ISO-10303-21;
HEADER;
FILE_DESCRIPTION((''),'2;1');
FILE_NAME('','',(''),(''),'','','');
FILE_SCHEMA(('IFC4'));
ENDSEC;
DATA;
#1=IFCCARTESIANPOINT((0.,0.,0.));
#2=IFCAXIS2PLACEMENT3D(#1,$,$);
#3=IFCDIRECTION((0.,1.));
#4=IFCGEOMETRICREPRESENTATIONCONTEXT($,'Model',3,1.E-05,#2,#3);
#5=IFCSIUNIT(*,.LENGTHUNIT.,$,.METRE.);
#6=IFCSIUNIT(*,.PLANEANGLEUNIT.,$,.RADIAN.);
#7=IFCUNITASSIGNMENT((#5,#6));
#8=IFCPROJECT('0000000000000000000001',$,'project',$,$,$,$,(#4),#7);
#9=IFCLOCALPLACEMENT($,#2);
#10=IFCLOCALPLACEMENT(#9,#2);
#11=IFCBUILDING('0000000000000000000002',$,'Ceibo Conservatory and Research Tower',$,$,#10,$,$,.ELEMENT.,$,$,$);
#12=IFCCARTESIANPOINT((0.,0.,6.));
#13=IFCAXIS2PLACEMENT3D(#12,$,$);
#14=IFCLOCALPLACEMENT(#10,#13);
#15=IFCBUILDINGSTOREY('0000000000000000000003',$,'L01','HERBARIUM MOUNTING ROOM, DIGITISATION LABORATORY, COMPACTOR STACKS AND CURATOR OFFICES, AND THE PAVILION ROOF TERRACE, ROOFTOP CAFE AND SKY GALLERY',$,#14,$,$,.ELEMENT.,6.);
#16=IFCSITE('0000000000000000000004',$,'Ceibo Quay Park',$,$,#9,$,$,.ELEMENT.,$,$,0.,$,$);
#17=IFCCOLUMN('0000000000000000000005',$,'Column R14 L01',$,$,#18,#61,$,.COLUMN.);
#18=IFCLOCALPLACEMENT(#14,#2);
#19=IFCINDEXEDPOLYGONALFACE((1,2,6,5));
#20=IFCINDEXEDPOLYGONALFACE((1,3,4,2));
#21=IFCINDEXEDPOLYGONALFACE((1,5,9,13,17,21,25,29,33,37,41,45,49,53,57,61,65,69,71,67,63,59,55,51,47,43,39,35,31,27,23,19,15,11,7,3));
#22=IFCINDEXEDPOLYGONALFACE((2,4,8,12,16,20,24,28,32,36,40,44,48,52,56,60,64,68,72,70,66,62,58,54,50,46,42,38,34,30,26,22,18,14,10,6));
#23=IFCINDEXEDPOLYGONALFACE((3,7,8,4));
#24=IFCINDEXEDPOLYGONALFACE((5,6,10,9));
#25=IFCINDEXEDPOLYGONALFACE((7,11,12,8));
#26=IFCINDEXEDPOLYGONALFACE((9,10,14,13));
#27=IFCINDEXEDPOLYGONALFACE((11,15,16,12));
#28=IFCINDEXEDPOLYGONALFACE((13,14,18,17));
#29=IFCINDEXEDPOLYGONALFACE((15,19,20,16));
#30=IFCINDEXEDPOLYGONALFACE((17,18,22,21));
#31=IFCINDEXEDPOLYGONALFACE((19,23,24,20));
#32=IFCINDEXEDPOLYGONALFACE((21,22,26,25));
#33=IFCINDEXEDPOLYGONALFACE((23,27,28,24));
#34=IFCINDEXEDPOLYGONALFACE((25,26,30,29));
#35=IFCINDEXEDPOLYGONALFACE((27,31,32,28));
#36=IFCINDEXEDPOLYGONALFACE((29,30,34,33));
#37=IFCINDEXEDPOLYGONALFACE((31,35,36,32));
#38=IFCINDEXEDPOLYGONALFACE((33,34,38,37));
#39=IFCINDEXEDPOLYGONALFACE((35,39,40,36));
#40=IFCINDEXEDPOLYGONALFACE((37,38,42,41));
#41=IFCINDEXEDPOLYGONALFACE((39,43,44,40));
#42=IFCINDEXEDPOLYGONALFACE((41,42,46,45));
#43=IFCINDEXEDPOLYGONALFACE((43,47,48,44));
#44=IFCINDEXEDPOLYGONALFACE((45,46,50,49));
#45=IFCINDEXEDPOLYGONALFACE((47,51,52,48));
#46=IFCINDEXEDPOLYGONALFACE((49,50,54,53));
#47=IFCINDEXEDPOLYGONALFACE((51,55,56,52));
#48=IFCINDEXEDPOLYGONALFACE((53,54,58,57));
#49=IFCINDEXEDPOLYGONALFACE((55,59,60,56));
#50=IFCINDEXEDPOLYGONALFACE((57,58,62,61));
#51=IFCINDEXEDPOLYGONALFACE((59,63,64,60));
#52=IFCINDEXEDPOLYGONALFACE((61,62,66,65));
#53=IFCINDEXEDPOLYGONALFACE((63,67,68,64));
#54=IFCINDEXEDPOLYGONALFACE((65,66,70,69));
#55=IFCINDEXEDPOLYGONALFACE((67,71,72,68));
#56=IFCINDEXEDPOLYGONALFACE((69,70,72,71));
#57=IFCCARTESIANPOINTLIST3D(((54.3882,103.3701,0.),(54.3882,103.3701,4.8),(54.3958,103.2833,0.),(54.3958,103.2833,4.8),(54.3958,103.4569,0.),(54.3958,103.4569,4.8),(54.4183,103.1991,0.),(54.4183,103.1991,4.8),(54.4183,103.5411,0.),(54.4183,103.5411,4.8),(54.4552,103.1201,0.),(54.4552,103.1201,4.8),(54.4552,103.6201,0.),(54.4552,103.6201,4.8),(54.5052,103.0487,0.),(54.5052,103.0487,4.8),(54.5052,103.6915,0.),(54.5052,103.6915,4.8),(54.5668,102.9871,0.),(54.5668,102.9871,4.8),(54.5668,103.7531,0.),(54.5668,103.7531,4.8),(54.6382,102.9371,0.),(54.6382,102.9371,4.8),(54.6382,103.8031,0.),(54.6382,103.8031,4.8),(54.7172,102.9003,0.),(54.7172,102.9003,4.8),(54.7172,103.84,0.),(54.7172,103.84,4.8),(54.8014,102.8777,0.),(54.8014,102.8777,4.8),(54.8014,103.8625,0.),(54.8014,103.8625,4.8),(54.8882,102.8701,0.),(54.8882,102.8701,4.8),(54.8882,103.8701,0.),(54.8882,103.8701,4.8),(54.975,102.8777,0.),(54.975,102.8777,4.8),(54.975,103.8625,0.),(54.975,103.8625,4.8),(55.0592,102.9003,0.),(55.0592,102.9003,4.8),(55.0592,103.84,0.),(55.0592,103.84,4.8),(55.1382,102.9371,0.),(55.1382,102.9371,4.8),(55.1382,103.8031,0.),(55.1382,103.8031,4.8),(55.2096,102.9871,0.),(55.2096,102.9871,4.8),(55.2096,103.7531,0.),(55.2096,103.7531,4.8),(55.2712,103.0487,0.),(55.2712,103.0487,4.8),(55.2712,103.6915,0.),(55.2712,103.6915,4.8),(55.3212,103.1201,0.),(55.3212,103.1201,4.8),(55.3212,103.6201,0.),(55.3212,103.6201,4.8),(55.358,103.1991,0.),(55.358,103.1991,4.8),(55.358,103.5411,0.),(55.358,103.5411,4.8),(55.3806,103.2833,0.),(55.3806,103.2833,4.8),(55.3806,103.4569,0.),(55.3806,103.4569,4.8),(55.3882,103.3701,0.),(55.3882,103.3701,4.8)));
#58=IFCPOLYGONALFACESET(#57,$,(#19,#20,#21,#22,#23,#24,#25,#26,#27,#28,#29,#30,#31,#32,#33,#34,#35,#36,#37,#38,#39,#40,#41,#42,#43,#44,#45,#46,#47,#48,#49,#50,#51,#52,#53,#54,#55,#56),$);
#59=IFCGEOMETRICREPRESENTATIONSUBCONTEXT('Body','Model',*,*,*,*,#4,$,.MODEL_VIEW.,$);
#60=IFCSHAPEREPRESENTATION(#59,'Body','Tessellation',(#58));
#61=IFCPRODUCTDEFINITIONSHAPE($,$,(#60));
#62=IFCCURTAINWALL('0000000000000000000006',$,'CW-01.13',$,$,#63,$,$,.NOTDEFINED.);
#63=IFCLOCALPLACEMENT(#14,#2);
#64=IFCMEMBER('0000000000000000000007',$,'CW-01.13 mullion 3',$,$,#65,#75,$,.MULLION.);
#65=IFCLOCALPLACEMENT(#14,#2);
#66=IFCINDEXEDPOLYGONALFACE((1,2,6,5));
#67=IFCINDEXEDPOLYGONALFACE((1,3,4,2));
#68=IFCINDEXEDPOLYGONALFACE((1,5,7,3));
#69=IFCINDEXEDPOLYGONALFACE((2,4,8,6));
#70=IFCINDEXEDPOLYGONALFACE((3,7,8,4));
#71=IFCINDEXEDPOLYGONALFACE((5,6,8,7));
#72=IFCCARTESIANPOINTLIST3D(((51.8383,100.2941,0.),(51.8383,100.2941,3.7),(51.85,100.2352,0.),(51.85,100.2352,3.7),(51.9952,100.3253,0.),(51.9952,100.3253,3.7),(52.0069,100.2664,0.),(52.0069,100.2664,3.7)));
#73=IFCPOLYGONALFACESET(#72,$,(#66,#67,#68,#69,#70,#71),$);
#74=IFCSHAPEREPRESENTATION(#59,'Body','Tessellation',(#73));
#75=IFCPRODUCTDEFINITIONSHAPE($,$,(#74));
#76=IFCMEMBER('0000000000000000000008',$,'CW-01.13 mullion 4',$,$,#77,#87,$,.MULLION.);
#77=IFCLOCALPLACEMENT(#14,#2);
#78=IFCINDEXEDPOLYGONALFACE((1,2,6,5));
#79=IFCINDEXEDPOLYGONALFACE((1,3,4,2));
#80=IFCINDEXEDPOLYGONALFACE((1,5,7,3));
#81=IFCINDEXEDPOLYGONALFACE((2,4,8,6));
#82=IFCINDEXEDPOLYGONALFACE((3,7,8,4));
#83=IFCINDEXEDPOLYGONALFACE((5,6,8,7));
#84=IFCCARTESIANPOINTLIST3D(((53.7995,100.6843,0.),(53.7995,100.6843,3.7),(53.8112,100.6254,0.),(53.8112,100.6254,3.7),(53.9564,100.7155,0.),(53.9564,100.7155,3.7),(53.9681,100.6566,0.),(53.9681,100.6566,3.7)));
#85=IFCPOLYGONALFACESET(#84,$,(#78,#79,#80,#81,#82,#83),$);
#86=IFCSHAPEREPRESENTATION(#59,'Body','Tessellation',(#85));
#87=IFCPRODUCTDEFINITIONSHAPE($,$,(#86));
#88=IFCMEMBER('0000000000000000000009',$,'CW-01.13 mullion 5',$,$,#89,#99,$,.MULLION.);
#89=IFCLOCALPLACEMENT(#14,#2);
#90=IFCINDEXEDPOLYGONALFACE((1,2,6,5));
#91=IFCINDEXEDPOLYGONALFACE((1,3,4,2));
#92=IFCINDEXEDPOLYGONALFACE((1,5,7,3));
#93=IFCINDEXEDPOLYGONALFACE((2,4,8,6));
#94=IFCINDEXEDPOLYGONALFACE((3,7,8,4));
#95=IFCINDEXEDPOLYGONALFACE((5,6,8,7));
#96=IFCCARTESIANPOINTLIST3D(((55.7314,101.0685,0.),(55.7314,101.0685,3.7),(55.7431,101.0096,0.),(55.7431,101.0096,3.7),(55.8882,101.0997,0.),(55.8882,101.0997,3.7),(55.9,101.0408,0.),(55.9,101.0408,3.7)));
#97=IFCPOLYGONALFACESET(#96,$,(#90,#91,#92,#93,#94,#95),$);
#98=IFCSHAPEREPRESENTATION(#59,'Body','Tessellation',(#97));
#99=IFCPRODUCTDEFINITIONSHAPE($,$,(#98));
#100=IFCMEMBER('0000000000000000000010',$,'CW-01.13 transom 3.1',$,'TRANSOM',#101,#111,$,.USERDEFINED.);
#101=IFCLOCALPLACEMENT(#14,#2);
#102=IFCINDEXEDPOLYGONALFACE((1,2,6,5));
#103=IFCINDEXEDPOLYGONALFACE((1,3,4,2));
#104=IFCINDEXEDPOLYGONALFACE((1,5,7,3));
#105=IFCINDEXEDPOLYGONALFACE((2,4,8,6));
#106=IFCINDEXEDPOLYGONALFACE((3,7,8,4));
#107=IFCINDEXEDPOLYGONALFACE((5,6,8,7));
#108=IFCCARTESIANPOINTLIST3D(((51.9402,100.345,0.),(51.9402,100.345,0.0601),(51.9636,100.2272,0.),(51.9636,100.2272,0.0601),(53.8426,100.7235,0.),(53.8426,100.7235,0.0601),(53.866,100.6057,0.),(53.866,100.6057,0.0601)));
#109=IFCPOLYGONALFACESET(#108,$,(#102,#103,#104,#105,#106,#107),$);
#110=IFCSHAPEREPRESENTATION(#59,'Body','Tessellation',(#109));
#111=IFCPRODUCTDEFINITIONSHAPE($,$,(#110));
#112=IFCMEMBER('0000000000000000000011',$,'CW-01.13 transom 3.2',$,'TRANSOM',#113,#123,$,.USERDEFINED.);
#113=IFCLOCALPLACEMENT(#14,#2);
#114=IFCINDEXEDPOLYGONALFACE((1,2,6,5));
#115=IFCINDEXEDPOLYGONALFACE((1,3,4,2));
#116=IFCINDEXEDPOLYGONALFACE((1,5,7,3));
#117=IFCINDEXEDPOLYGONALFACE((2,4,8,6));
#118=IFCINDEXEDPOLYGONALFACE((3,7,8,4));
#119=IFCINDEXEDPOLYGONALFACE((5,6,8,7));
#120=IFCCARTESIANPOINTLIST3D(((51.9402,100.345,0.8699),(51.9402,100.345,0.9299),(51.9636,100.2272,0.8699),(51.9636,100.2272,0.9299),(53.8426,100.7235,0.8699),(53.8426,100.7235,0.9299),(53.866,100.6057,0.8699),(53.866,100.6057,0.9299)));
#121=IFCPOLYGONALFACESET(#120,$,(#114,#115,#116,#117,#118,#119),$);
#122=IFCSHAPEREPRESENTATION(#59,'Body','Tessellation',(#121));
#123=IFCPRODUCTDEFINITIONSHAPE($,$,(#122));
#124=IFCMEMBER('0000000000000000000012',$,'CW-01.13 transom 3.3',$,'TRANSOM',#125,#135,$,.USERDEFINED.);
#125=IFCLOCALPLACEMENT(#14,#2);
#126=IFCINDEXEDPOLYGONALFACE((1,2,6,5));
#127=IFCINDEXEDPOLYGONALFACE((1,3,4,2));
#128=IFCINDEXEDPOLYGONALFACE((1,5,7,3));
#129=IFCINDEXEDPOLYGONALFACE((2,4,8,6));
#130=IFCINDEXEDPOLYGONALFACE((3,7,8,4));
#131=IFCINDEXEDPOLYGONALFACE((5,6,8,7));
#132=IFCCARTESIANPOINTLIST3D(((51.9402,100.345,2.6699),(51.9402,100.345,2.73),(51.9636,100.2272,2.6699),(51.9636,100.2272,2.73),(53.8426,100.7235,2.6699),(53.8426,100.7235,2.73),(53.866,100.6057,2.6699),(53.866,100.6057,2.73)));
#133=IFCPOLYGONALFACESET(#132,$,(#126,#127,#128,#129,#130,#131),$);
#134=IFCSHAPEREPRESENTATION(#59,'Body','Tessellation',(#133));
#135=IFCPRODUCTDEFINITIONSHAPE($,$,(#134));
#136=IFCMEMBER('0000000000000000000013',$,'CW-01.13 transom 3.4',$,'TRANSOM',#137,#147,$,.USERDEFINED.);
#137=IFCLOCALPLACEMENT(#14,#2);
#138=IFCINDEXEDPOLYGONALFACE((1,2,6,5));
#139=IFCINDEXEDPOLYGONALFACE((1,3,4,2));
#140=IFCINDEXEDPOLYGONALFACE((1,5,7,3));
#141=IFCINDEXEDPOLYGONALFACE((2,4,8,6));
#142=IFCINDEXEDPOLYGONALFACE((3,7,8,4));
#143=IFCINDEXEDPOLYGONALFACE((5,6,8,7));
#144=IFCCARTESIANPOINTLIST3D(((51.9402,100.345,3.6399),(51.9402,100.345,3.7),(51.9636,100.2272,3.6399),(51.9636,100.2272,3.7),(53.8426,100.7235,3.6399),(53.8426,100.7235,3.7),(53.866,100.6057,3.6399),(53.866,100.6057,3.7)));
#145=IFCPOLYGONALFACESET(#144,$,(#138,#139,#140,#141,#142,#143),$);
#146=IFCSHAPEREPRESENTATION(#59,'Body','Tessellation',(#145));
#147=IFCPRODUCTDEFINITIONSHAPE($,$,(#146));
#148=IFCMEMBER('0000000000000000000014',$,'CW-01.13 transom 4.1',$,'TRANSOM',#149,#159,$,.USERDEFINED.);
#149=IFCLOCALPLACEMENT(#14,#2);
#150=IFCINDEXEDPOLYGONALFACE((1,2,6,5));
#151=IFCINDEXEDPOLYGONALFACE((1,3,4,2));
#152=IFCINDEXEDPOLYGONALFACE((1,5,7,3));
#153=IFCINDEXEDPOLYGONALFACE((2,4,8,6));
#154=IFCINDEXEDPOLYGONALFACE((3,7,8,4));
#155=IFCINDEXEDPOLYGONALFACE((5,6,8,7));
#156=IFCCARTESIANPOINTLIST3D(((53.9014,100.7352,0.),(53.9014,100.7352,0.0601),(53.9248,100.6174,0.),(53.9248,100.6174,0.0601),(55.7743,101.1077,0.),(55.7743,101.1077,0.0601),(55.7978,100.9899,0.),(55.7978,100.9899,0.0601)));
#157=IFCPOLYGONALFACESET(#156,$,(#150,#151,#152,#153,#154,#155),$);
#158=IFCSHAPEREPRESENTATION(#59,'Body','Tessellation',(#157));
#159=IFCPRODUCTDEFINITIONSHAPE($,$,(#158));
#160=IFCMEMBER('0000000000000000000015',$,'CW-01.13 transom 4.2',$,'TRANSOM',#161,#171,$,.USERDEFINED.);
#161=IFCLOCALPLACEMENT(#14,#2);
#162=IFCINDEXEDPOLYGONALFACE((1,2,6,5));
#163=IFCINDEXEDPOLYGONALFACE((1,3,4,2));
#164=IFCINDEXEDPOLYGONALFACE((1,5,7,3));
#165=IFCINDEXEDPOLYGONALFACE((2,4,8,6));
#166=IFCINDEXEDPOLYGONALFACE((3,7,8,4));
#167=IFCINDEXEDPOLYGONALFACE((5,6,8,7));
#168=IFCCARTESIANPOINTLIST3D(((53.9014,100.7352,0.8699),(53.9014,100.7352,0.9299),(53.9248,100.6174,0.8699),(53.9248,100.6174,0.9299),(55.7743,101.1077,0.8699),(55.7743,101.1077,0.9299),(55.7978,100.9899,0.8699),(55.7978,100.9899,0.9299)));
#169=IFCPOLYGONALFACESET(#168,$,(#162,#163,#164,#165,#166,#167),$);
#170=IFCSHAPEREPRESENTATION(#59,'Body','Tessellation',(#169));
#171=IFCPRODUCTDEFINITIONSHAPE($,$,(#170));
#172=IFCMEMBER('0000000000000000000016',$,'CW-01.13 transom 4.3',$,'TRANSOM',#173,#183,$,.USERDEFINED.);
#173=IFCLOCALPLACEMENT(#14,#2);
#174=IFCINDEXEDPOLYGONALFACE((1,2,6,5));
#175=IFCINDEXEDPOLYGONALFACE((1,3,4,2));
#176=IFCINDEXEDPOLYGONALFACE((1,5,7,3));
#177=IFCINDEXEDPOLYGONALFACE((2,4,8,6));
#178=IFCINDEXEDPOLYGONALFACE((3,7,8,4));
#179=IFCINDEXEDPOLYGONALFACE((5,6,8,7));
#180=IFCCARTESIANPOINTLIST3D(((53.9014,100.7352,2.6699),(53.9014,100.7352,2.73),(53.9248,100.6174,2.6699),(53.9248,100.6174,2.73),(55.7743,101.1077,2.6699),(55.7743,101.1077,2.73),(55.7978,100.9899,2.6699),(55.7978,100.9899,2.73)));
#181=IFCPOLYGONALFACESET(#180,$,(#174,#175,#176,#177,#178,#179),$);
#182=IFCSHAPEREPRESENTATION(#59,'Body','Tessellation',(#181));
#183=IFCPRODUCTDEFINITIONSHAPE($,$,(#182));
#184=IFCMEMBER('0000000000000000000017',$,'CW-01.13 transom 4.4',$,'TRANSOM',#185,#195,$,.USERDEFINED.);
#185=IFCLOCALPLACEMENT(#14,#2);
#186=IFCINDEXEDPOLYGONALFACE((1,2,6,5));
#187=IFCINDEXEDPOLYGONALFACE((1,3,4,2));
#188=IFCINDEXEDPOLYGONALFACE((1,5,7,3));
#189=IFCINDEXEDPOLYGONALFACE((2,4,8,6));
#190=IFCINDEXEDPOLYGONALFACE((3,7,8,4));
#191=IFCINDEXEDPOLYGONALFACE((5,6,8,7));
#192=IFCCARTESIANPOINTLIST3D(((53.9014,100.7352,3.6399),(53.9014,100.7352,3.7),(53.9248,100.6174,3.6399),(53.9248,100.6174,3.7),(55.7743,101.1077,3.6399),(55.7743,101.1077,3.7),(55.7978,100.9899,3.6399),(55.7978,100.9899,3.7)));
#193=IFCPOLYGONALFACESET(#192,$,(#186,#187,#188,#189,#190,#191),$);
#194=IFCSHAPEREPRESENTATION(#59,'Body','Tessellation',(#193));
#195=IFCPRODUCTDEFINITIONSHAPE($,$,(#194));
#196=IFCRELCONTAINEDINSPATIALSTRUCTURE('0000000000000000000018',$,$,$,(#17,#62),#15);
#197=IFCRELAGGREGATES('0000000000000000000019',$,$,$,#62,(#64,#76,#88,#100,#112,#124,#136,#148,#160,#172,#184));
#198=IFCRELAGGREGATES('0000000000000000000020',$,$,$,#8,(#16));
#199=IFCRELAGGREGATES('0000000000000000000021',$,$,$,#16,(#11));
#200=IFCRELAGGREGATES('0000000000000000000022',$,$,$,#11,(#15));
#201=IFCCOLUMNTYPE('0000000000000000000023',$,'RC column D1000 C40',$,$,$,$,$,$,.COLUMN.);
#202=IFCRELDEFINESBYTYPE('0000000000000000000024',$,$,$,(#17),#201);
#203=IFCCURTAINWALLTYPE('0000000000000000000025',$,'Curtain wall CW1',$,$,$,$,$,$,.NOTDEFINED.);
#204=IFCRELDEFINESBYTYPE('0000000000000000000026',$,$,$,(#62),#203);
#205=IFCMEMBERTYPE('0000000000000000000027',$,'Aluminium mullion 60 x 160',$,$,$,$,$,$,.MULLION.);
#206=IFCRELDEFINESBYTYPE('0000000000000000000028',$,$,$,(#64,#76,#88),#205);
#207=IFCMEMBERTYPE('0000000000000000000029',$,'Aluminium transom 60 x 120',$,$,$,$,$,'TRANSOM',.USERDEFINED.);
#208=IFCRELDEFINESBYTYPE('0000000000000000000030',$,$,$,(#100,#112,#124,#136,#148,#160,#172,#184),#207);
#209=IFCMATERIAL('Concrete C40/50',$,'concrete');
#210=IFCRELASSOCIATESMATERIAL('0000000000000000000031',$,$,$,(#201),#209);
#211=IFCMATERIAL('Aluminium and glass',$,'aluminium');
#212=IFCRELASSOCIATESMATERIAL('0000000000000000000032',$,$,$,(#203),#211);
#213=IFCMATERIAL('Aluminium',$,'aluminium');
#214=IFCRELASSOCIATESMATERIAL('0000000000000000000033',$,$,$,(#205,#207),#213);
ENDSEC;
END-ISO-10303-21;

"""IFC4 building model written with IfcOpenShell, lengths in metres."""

from ifc_helpers import new_model, si_unit, direction, frame, origin, origin_2d, place, context, subcontext, project, spatial, rectangle, circle, extrude, material, material_profile, profile_set, type_object, element, aggregate, save


model = new_model("IFC4")

# Units and contexts
model_context = context("Model", 3, precision=1e-05, world=origin(), true_north=direction((0.0, 1.0)))
body_context = subcontext(model_context, "Body", "Model", "MODEL_VIEW")
ifc_project = project(units=[si_unit("LENGTHUNIT", "METRE"), si_unit("PLANEANGLEUNIT", "RADIAN")], contexts=[model_context])

# Site, building, storey
site_placement = place(None, origin())
site = spatial("IfcSite", under=ifc_project, at=site_placement, Name="Ceibo Quay Park", CompositionType="ELEMENT", RefElevation=0.0)
building_placement = place(site_placement, origin())
building = spatial("IfcBuilding", under=site, at=building_placement, Name="Ceibo Conservatory and Research Tower", CompositionType="ELEMENT")
storey_placement = place(building_placement, frame((0.0, 0.0, 6.0)))
storey = spatial("IfcBuildingStorey", under=building, at=storey_placement, Name="L01", Description="HERBARIUM MOUNTING ROOM, DIGITISATION LABORATORY, COMPACTOR STACKS AND CURATOR OFFICES, AND THE PAVILION ROOF TERRACE, ROOFTOP CAFE AND SKY GALLERY", CompositionType="ELEMENT", Elevation=6.0)

# Column
ifc_material_1 = material(Name="Concrete C40/50", Category="concrete")
ifc_material_profile_1 = material_profile(ifc_material_1, circle(Radius=0.5, at=origin_2d()), Name="RC D1000")
ifc_profile_set_1 = profile_set([ifc_material_profile_1], Name="Concrete C40/50")
column_type = type_object("IfcColumnType", Name="RC column D1000 C40", PredefinedType="COLUMN", material=ifc_profile_set_1)
column_placement = place(storey_placement, frame((54.8882, 103.3701, 0.0), z_axis=(0.0, 0.0, 1.0), x_axis=(1.0, 0.0, 0.0)))
element("IfcColumn", 1, at=column_placement, inside=storey, type_object=column_type, Name="Column R14 L01", PredefinedType="COLUMN", context=body_context, shape_type="SweptSolid", body=[
    extrude(circle(Radius=0.5, at=origin_2d()), origin(), (0.0, 0.0, 1.0), 4.8),
])

# Curtain wall, members
ifc_material_2 = material(Name="Aluminium and glass", Category="aluminium")
curtain_wall_type = type_object("IfcCurtainWallType", Name="Curtain wall CW1", PredefinedType="NOTDEFINED", material=ifc_material_2)
curtain_wall_placement = place(storey_placement, origin())
curtain_wall = element("IfcCurtainWall", 2, at=curtain_wall_placement, inside=storey, type_object=curtain_wall_type, Name="CW-01.13", PredefinedType="NOTDEFINED")
ifc_material_3 = material(Name="Aluminium", Category="aluminium")
ifc_material_profile_2 = material_profile(ifc_material_3, rectangle(XDim=0.0601, YDim=0.1599, at=origin_2d()), Name="Aluminium 60 x 160")
ifc_profile_set_2 = profile_set([ifc_material_profile_2], Name="Aluminium")
member_type_1 = type_object("IfcMemberType", Name="Aluminium mullion 60 x 160", PredefinedType="MULLION", material=ifc_profile_set_2)
member_1_placement = place(storey_placement, frame((51.9226, 100.2803, 0.0), z_axis=(0.0, 0.0, 1.0), x_axis=(-0.19509, 0.980785, 0.0)))
member_1 = element("IfcMember", 3, at=member_1_placement, type_object=member_type_1, Name="CW-01.13 mullion 3", PredefinedType="MULLION", context=body_context, shape_type="SweptSolid", body=[
    extrude(rectangle(XDim=0.0601, YDim=0.1599, at=origin_2d()), origin(), (0.0, 0.0, 1.0), 3.7),
])
member_2_placement = place(storey_placement, frame((53.8838, 100.6704, 0.0), z_axis=(0.0, 0.0, 1.0), x_axis=(-0.19509, 0.980785, 0.0)))
member_2 = element("IfcMember", 4, at=member_2_placement, type_object=member_type_1, Name="CW-01.13 mullion 4", PredefinedType="MULLION", context=body_context, shape_type="SweptSolid", body=[
    extrude(rectangle(XDim=0.0601, YDim=0.1599, at=origin_2d()), origin(), (0.0, 0.0, 1.0), 3.7),
])
member_3_placement = place(storey_placement, frame((55.8157, 101.0547, 0.0), z_axis=(0.0, 0.0, 1.0), x_axis=(-0.19509, 0.980785, 0.0)))
member_3 = element("IfcMember", 5, at=member_3_placement, type_object=member_type_1, Name="CW-01.13 mullion 5", PredefinedType="MULLION", context=body_context, shape_type="SweptSolid", body=[
    extrude(rectangle(XDim=0.0601, YDim=0.1599, at=origin_2d()), origin(), (0.0, 0.0, 1.0), 3.7),
])
ifc_material_profile_3 = material_profile(ifc_material_3, rectangle(XDim=0.1201, YDim=0.0601, at=origin_2d()), Name="Aluminium 60 x 120")
ifc_profile_set_3 = profile_set([ifc_material_profile_3], Name="Aluminium")
member_type_2 = type_object("IfcMemberType", Name="Aluminium transom 60 x 120", ElementType="TRANSOM", PredefinedType="USERDEFINED", material=ifc_profile_set_3)
member_4_placement = place(storey_placement, frame((51.9519, 100.2861, 0.03), z_axis=(0.980783, 0.195099, 0.0), x_axis=(-0.195099, 0.980783, 0.0)))
member_4 = element("IfcMember", 6, at=member_4_placement, type_object=member_type_2, Name="CW-01.13 transom 3.1", ObjectType="TRANSOM", PredefinedType="USERDEFINED", context=body_context, shape_type="SweptSolid", body=[
    extrude(rectangle(XDim=0.1201, YDim=0.0601, at=origin_2d()), origin(), (0.0, 0.0, 1.0), 1.9397),
])
member_5_placement = place(storey_placement, frame((51.9519, 100.2861, 0.8999), z_axis=(0.980783, 0.195099, 0.0), x_axis=(-0.195099, 0.980783, 0.0)))
member_5 = element("IfcMember", 7, at=member_5_placement, type_object=member_type_2, Name="CW-01.13 transom 3.2", ObjectType="TRANSOM", PredefinedType="USERDEFINED", context=body_context, shape_type="SweptSolid", body=[
    extrude(rectangle(XDim=0.1201, YDim=0.0601, at=origin_2d()), origin(), (0.0, 0.0, 1.0), 1.9397),
])
member_6_placement = place(storey_placement, frame((51.9519, 100.2861, 2.7), z_axis=(0.980783, 0.195099, 0.0), x_axis=(-0.195099, 0.980783, 0.0)))
member_6 = element("IfcMember", 8, at=member_6_placement, type_object=member_type_2, Name="CW-01.13 transom 3.3", ObjectType="TRANSOM", PredefinedType="USERDEFINED", context=body_context, shape_type="SweptSolid", body=[
    extrude(rectangle(XDim=0.1201, YDim=0.0601, at=origin_2d()), origin(), (0.0, 0.0, 1.0), 1.9397),
])
member_7_placement = place(storey_placement, frame((51.9519, 100.2861, 3.6699), z_axis=(0.980783, 0.195099, 0.0), x_axis=(-0.195099, 0.980783, 0.0)))
member_7 = element("IfcMember", 9, at=member_7_placement, type_object=member_type_2, Name="CW-01.13 transom 3.4", ObjectType="TRANSOM", PredefinedType="USERDEFINED", context=body_context, shape_type="SweptSolid", body=[
    extrude(rectangle(XDim=0.1201, YDim=0.0601, at=origin_2d()), origin(), (0.0, 0.0, 1.0), 1.9397),
])
member_8_placement = place(storey_placement, frame((53.9131, 100.6763, 0.03), z_axis=(0.980787, 0.195083, 0.0), x_axis=(-0.195083, 0.980787, 0.0)))
member_8 = element("IfcMember", 10, at=member_8_placement, type_object=member_type_2, Name="CW-01.13 transom 4.1", ObjectType="TRANSOM", PredefinedType="USERDEFINED", context=body_context, shape_type="SweptSolid", body=[
    extrude(rectangle(XDim=0.1201, YDim=0.0601, at=origin_2d()), origin(), (0.0, 0.0, 1.0), 1.9097),
])
member_9_placement = place(storey_placement, frame((53.9131, 100.6763, 0.8999), z_axis=(0.980787, 0.195083, 0.0), x_axis=(-0.195083, 0.980787, 0.0)))
member_9 = element("IfcMember", 11, at=member_9_placement, type_object=member_type_2, Name="CW-01.13 transom 4.2", ObjectType="TRANSOM", PredefinedType="USERDEFINED", context=body_context, shape_type="SweptSolid", body=[
    extrude(rectangle(XDim=0.1201, YDim=0.0601, at=origin_2d()), origin(), (0.0, 0.0, 1.0), 1.9097),
])
member_10_placement = place(storey_placement, frame((53.9131, 100.6763, 2.7), z_axis=(0.980787, 0.195083, 0.0), x_axis=(-0.195083, 0.980787, 0.0)))
member_10 = element("IfcMember", 12, at=member_10_placement, type_object=member_type_2, Name="CW-01.13 transom 4.3", ObjectType="TRANSOM", PredefinedType="USERDEFINED", context=body_context, shape_type="SweptSolid", body=[
    extrude(rectangle(XDim=0.1201, YDim=0.0601, at=origin_2d()), origin(), (0.0, 0.0, 1.0), 1.9097),
])
member_11_placement = place(storey_placement, frame((53.9131, 100.6763, 3.6699), z_axis=(0.980787, 0.195083, 0.0), x_axis=(-0.195083, 0.980787, 0.0)))
member_11 = element("IfcMember", 13, at=member_11_placement, type_object=member_type_2, Name="CW-01.13 transom 4.4", ObjectType="TRANSOM", PredefinedType="USERDEFINED", context=body_context, shape_type="SweptSolid", body=[
    extrude(rectangle(XDim=0.1201, YDim=0.0601, at=origin_2d()), origin(), (0.0, 0.0, 1.0), 1.9097),
])

aggregate(curtain_wall, [member_1, member_2, member_3, member_4, member_5, member_6, member_7, member_8, member_9, member_10, member_11])

save(model, "model.ifc")
